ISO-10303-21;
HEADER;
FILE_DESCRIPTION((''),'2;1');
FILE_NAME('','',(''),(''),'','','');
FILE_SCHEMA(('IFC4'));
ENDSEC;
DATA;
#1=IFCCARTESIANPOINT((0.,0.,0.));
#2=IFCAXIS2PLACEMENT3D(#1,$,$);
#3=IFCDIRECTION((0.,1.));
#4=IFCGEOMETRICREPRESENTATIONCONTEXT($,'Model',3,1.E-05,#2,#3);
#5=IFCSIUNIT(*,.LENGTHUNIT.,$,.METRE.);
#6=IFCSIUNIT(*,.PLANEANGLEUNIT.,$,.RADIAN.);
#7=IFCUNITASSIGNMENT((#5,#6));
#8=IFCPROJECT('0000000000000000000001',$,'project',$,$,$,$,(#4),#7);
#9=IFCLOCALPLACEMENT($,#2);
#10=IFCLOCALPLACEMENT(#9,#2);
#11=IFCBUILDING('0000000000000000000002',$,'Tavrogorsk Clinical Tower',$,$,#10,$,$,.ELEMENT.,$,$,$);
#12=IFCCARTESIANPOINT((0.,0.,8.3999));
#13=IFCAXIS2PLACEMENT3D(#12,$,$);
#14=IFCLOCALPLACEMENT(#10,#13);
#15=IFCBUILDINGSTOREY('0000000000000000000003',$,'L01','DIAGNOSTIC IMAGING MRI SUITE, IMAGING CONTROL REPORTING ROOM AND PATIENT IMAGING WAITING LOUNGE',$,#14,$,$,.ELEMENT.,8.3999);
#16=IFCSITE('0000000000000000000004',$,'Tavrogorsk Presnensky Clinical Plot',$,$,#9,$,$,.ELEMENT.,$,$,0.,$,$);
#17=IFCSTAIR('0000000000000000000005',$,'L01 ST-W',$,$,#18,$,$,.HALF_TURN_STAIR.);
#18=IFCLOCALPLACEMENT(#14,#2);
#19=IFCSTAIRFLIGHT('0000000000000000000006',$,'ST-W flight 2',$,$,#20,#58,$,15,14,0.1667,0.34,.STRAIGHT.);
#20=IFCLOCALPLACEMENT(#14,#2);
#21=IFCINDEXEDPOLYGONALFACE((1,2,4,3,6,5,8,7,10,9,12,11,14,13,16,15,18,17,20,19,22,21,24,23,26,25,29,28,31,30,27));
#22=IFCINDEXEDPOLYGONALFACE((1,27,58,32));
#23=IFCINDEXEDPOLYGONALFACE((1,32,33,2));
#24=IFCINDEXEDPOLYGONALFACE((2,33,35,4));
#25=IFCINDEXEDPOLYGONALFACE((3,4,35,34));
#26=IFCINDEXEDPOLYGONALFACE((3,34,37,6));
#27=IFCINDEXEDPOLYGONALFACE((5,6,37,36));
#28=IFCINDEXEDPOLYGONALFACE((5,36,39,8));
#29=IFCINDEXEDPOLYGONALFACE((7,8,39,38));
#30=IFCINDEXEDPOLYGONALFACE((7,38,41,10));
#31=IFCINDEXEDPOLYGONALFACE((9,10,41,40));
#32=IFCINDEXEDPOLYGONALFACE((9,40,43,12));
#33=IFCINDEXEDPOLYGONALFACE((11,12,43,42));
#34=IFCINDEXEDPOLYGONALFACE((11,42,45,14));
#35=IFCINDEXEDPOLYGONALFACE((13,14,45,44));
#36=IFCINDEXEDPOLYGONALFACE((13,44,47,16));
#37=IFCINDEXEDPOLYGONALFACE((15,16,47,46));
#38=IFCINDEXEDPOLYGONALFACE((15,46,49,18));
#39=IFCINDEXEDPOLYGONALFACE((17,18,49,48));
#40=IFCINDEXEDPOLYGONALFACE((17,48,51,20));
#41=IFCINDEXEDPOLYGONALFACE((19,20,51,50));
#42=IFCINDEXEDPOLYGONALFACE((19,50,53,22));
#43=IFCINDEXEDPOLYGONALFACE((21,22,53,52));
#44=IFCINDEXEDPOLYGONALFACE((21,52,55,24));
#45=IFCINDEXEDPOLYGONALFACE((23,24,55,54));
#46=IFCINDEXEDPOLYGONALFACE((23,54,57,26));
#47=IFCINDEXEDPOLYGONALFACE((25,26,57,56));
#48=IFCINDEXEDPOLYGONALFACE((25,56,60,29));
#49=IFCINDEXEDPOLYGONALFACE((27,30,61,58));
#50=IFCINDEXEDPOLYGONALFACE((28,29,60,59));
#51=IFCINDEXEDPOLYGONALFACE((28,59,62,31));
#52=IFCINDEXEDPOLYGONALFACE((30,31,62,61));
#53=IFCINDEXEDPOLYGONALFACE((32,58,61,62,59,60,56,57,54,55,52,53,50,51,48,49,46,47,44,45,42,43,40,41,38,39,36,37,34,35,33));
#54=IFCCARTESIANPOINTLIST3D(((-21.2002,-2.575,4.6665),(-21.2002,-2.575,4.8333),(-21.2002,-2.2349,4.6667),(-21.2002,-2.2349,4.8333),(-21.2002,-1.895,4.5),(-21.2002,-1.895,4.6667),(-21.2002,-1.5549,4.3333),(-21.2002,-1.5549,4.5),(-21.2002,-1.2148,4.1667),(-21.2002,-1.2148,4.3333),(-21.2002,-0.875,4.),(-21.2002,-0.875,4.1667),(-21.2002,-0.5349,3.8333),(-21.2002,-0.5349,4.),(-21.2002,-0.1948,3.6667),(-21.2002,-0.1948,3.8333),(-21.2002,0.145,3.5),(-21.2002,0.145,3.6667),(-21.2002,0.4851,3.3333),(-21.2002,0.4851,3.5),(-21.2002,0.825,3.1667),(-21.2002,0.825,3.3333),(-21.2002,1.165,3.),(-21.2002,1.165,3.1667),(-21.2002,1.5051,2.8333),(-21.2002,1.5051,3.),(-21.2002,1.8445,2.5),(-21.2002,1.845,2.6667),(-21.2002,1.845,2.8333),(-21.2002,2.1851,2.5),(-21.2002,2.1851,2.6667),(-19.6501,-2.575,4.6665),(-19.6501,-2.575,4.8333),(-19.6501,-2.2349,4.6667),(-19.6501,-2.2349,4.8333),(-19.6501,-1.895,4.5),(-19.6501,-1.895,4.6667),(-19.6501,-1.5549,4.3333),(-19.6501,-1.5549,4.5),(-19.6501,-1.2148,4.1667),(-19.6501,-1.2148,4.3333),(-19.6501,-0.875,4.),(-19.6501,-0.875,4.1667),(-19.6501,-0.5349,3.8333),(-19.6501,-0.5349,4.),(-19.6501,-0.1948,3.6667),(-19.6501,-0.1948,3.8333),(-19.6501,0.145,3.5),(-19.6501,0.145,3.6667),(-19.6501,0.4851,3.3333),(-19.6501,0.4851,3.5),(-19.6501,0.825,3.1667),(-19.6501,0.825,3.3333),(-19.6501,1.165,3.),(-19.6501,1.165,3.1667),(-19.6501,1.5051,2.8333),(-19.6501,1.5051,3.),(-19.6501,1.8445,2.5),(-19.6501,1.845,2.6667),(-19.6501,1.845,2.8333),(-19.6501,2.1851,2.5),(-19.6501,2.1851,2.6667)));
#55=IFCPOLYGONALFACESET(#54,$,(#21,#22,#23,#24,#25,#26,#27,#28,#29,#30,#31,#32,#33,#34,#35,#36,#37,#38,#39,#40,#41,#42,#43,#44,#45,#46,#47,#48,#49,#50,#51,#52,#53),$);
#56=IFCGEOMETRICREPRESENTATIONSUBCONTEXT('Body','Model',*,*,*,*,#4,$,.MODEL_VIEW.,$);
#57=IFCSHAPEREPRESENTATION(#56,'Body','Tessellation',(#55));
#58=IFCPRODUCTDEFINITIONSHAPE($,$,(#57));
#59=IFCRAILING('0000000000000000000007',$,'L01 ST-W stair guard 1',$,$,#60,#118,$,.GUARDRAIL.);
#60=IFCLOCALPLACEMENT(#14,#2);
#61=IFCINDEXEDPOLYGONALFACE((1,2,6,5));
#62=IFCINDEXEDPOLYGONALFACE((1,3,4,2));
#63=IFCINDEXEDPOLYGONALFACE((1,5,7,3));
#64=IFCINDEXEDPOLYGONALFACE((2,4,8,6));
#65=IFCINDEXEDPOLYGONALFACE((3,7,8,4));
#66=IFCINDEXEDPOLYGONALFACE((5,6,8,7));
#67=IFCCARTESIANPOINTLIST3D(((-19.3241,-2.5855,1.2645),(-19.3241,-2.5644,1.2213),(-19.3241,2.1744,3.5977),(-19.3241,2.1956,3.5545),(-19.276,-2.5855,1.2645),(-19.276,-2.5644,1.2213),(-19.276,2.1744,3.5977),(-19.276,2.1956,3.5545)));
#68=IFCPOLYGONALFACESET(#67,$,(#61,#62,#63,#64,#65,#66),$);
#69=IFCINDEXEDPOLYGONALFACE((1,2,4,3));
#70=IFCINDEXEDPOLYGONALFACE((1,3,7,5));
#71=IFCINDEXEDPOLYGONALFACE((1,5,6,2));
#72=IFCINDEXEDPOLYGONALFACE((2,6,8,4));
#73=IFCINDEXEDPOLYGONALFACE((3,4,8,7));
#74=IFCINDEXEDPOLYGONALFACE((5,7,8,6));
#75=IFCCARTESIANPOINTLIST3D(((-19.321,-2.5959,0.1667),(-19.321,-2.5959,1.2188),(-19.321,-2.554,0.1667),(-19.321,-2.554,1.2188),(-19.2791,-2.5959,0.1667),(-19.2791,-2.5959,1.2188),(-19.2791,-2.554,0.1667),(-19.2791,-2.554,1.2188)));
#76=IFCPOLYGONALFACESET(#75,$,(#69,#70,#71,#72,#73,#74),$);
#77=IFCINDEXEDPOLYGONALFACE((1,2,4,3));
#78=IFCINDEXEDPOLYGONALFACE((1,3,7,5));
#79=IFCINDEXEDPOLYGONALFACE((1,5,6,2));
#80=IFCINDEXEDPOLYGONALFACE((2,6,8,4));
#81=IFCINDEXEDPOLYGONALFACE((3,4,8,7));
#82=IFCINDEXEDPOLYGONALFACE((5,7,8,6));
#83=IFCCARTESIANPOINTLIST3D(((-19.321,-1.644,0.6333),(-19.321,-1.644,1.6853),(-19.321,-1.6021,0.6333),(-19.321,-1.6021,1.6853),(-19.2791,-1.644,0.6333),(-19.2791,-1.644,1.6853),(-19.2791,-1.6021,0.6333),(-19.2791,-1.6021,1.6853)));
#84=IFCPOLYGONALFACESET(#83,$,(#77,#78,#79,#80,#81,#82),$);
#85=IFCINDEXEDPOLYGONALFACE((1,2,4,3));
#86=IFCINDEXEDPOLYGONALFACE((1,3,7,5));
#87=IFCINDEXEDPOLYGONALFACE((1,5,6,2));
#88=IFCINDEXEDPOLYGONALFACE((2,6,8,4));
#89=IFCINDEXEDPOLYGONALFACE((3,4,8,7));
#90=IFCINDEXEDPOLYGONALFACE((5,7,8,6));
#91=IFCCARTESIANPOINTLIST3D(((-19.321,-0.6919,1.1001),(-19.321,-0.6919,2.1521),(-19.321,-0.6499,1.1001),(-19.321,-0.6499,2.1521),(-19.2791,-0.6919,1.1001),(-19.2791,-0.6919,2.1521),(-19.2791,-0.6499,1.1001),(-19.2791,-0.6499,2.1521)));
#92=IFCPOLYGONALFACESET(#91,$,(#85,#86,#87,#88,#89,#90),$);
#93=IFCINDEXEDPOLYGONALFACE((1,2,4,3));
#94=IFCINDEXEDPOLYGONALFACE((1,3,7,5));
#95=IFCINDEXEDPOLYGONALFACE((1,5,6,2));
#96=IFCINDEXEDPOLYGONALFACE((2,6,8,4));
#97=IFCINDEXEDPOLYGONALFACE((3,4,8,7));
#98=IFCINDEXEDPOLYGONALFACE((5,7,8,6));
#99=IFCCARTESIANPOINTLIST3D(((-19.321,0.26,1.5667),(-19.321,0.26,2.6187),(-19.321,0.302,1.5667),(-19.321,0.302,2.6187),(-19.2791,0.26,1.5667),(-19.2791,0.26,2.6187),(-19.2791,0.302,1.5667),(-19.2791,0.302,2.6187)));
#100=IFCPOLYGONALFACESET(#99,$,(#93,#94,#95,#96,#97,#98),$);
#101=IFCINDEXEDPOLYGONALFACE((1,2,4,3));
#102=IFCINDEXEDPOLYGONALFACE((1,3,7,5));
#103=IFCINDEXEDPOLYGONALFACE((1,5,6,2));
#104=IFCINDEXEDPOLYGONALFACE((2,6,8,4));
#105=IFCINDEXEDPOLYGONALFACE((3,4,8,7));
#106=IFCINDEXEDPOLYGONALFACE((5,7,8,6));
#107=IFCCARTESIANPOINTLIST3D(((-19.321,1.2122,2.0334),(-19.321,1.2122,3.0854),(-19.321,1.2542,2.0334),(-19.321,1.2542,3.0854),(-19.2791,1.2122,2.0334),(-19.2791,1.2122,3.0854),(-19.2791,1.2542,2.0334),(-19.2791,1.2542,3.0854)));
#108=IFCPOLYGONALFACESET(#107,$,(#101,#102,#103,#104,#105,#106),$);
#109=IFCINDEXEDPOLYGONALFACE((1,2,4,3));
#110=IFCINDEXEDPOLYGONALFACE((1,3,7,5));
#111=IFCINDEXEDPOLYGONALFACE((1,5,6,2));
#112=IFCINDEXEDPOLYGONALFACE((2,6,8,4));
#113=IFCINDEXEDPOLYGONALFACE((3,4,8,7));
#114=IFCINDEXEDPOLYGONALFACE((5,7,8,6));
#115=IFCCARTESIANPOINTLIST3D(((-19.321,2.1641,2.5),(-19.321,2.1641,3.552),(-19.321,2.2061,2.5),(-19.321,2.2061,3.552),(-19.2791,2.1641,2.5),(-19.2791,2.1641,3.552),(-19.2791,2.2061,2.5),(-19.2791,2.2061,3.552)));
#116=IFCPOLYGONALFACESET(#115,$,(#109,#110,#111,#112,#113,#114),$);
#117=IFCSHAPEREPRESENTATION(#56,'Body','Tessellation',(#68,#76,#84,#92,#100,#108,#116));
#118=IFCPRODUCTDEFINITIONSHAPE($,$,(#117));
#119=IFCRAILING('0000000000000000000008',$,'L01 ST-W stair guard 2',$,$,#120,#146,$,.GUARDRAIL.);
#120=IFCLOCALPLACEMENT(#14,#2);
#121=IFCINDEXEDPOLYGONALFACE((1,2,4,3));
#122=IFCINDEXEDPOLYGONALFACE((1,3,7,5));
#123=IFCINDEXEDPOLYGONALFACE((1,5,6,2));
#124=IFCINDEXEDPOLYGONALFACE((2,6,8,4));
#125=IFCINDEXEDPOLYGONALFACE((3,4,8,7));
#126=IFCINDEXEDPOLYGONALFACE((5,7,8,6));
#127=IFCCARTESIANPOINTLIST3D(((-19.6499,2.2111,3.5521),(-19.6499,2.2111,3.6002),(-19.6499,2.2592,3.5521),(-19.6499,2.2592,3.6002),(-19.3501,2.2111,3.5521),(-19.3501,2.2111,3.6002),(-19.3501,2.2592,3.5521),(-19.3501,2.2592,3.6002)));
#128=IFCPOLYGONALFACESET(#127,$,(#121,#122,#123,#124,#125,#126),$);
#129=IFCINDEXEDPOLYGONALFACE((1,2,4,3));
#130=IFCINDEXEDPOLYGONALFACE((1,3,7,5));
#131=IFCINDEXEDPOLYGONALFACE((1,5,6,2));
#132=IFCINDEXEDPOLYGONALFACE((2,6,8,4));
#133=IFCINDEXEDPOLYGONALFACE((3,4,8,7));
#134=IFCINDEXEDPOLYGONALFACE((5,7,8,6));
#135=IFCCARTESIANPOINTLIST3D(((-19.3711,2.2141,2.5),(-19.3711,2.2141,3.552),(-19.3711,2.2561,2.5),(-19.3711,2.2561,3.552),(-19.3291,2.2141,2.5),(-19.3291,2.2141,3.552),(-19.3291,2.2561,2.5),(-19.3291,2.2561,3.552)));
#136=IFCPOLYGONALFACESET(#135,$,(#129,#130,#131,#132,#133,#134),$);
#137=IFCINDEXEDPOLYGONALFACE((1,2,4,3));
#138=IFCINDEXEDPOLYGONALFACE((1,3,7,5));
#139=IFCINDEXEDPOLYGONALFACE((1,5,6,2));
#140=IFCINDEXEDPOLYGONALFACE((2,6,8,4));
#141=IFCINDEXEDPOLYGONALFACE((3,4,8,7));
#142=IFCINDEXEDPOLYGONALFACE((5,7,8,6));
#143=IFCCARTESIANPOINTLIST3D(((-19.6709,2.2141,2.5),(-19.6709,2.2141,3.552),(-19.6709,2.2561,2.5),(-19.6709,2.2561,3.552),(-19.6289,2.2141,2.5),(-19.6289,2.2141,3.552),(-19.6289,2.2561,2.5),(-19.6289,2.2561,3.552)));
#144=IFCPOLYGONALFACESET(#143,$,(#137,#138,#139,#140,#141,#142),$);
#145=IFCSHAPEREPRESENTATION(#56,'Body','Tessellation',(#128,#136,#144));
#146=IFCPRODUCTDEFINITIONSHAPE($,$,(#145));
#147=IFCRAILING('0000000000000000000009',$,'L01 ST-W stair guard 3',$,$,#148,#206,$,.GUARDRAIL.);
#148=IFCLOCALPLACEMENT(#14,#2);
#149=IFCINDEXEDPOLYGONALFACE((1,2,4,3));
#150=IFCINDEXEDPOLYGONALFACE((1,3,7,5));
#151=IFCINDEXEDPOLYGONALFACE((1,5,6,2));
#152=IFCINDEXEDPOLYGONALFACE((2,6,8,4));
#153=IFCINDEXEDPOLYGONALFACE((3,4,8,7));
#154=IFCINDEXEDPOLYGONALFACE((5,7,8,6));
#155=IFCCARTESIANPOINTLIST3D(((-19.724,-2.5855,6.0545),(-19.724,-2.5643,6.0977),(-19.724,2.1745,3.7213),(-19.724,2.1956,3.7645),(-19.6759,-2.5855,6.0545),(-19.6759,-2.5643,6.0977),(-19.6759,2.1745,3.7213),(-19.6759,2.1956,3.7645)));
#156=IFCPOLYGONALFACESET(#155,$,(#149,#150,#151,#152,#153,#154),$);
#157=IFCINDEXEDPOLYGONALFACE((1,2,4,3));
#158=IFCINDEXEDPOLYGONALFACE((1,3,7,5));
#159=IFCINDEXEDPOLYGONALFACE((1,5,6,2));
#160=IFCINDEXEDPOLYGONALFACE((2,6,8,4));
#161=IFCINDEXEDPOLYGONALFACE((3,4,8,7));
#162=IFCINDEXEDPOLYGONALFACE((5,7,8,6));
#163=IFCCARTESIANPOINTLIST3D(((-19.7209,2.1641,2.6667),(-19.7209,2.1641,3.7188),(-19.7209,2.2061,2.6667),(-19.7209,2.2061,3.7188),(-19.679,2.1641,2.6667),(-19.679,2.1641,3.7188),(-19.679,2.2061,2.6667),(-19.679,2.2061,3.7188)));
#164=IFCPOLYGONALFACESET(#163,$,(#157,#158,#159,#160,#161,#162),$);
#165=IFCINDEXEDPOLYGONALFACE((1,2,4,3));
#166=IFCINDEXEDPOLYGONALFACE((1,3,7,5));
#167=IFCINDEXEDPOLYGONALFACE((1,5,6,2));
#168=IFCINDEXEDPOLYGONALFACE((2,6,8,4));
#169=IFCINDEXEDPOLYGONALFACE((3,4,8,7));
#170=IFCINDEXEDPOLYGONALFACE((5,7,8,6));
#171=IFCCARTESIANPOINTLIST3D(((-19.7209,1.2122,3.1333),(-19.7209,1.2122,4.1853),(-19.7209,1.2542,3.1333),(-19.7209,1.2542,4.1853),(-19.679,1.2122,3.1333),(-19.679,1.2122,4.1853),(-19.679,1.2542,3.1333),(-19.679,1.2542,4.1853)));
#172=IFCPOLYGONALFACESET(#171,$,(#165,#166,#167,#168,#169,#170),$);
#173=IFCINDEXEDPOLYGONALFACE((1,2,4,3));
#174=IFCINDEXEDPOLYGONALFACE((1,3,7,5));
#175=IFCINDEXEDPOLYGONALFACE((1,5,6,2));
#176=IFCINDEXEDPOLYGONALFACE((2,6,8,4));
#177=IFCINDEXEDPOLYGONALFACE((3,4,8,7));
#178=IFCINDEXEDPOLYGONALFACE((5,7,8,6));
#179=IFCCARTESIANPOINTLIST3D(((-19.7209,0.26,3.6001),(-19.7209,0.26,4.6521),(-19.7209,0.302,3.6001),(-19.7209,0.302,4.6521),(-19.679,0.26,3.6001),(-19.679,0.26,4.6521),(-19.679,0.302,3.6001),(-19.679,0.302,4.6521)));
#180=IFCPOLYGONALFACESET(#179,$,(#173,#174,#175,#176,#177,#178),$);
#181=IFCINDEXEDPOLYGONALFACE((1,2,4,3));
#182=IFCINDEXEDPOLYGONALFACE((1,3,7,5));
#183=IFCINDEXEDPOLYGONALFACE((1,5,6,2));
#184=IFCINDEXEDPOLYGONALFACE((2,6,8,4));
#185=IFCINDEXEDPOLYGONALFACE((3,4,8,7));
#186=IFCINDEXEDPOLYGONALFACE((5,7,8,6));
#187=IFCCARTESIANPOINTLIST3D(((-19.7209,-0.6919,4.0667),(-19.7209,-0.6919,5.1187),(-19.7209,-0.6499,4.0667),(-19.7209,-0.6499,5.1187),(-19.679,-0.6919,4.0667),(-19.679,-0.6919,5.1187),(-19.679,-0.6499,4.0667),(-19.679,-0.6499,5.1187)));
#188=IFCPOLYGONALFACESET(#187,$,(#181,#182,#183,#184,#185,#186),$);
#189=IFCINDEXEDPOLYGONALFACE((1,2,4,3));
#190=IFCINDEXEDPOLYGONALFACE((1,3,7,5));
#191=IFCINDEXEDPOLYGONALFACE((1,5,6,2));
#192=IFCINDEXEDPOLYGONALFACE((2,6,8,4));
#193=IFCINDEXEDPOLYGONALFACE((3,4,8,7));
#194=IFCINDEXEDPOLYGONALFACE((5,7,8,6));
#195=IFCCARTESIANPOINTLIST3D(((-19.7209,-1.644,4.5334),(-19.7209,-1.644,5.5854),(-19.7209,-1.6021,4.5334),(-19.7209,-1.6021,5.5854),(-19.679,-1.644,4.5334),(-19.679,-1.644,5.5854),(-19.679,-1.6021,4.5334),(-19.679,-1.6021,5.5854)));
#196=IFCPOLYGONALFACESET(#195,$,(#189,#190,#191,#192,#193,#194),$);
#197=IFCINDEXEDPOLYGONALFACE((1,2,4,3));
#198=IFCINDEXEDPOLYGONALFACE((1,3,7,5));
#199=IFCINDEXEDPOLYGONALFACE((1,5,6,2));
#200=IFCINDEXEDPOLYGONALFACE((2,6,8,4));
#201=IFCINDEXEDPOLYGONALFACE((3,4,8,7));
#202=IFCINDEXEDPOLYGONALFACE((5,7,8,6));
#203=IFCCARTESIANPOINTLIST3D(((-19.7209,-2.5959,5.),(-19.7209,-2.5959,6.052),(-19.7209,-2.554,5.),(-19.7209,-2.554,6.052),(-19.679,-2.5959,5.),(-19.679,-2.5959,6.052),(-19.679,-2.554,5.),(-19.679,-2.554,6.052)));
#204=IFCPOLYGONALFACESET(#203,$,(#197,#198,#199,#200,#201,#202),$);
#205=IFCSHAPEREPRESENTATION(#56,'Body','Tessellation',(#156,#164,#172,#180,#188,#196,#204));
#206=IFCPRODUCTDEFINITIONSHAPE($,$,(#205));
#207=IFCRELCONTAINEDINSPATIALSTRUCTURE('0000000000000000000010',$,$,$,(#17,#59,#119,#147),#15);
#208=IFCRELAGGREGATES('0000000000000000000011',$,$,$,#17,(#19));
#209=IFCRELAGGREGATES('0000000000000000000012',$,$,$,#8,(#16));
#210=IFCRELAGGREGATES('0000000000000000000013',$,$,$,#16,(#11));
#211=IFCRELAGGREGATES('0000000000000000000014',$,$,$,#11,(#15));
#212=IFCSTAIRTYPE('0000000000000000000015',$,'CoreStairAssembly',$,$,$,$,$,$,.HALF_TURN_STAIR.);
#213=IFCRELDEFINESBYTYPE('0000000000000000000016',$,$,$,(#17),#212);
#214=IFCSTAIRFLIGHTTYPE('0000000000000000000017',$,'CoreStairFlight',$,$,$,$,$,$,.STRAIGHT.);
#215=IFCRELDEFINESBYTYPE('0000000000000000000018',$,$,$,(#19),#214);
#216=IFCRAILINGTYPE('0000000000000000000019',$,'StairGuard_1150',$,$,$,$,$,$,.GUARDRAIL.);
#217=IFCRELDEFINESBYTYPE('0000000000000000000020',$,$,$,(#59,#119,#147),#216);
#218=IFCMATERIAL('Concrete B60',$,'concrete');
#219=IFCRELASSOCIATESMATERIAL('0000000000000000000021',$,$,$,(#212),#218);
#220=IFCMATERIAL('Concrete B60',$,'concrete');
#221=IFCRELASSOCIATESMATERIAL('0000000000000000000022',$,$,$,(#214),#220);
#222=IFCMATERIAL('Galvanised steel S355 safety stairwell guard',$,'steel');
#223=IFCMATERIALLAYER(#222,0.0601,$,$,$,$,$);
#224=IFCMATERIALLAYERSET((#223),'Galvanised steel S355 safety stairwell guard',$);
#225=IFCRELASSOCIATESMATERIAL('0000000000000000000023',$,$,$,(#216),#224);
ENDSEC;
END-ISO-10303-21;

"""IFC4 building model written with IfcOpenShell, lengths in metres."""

from ifc_helpers import new_model, si_unit, direction, frame, origin, origin_2d, place, context, subcontext, project, spatial, polyline, rectangle, outline, extrude, material, layer, layer_set, type_object, element, aggregate, save


model = new_model("IFC4")

# Units and contexts
model_context = context("Model", 3, precision=1e-05, world=origin(), true_north=direction((0.0, 1.0)))
body_context = subcontext(model_context, "Body", "Model", "MODEL_VIEW")
ifc_project = project(units=[si_unit("LENGTHUNIT", "METRE"), si_unit("PLANEANGLEUNIT", "RADIAN")], contexts=[model_context])

# Site, building, storey
site_placement = place(None, origin())
site = spatial("IfcSite", under=ifc_project, at=site_placement, Name="Tavrogorsk Presnensky Clinical Plot", CompositionType="ELEMENT", RefElevation=0.0)
building_placement = place(site_placement, origin())
building = spatial("IfcBuilding", under=site, at=building_placement, Name="Tavrogorsk Clinical Tower", CompositionType="ELEMENT")
storey_placement = place(building_placement, frame((0.0, 0.0, 8.3999)))
storey = spatial("IfcBuildingStorey", under=building, at=storey_placement, Name="L01", Description="DIAGNOSTIC IMAGING MRI SUITE, IMAGING CONTROL REPORTING ROOM AND PATIENT IMAGING WAITING LOUNGE", CompositionType="ELEMENT", Elevation=8.3999)

# Stair, stair flight
ifc_material_1 = material(Name="Concrete B60", Category="concrete")
stair_type = type_object("IfcStairType", Name="CoreStairAssembly", PredefinedType="HALF_TURN_STAIR", material=ifc_material_1)
stair_placement = place(storey_placement, origin())
stair = element("IfcStair", 1, at=stair_placement, inside=storey, type_object=stair_type, Name="L01 ST-W", PredefinedType="HALF_TURN_STAIR")
ifc_material_2 = material(Name="Concrete B60", Category="concrete")
stair_flight_type = type_object("IfcStairFlightType", Name="CoreStairFlight", PredefinedType="STRAIGHT", material=ifc_material_2)
stair_flight_1_placement = place(storey_placement, frame((-20.425, 2.1851, 2.5), z_axis=(0.0, 0.0, 1.0), x_axis=(0.0, -1.0, 0.0)))
stair_flight_1 = element("IfcStairFlight", 2, at=stair_flight_1_placement, type_object=stair_flight_type, Name="ST-W flight 2", NumberOfRisers=15, NumberOfTreads=14, PredefinedType="STRAIGHT", RiserHeight=0.1667, TreadLength=0.34, context=body_context, shape_type="SweptSolid", body=[
    extrude(outline(polyline([(0.0, 0.0), (0.0, 0.1667), (0.3401, 0.1667), (0.3401, 0.3333), (0.6799, 0.3333), (0.6799, 0.5), (1.02, 0.5), (1.02, 0.6667), (1.3601, 0.6667), (1.3601, 0.8333), (1.7, 0.8333), (1.7, 1.0), (2.04, 1.0), (2.04, 1.1667), (2.3799, 1.1667), (2.3799, 1.3333), (2.72, 1.3333), (2.72, 1.5), (3.0601, 1.5), (3.0601, 1.6667), (3.3999, 1.6667), (3.3999, 1.8333), (3.74, 1.8333), (3.74, 2.0), (4.0801, 2.0), (4.0801, 2.1667), (4.4199, 2.1667), (4.4199, 2.3333), (4.76, 2.3333), (4.76, 2.5), (4.76, 2.1665), (0.3406, 0.0), (0.0, 0.0)])), frame((0.0, 0.7749, 0.0), z_axis=(0.0, -1.0, 0.0), x_axis=(1.0, 0.0, 0.0)), (0.0, 0.0, 1.0), 1.55),
])
aggregate(stair, [stair_flight_1])

# Railings
ifc_material_3 = material(Name="Galvanised steel S355 safety stairwell guard", Category="steel")
ifc_layer_1 = layer(ifc_material_3, 0.0601)
ifc_layer_set_1 = layer_set([ifc_layer_1], Name="Galvanised steel S355 safety stairwell guard")
railing_type_1 = type_object("IfcRailingType", Name="StairGuard_1150", PredefinedType="GUARDRAIL", material=ifc_layer_set_1)
railing_1_placement = place(storey_placement, frame((-19.3, -2.575, 0.1667)))
element("IfcRailing", 3, at=railing_1_placement, inside=storey, type_object=railing_type_1, Name="L01 ST-W stair guard 1", PredefinedType="GUARDRAIL", context=body_context, shape_type="SweptSolid", body=[
    extrude(rectangle(XDim=0.0481, YDim=0.0481, at=origin_2d()), frame((0.0, 0.0, 1.0762), z_axis=(0.0, 0.897927, 0.440144), x_axis=(-1.0, 0.0, 0.0)), (0.0, 0.0, 1.0), 5.301),
    extrude(rectangle(XDim=0.042, YDim=0.042, at=origin_2d()), origin(), (0.0, 0.0, 1.0), 1.052),
    extrude(rectangle(XDim=0.042, YDim=0.042, at=origin_2d()), frame((0.0, 0.9519, 0.4666)), (0.0, 0.0, 1.0), 1.052),
    extrude(rectangle(XDim=0.042, YDim=0.042, at=origin_2d()), frame((0.0, 1.9041, 0.9333)), (0.0, 0.0, 1.0), 1.052),
    extrude(rectangle(XDim=0.042, YDim=0.042, at=origin_2d()), frame((0.0, 2.856, 1.3999)), (0.0, 0.0, 1.0), 1.052),
    extrude(rectangle(XDim=0.042, YDim=0.042, at=origin_2d()), frame((0.0, 3.8081, 1.8667)), (0.0, 0.0, 1.0), 1.052),
    extrude(rectangle(XDim=0.042, YDim=0.042, at=origin_2d()), frame((0.0, 4.76, 2.3333)), (0.0, 0.0, 1.0), 1.052),
])
railing_2_placement = place(storey_placement, frame((-19.3501, 2.2351, 2.5)))
element("IfcRailing", 4, at=railing_2_placement, inside=storey, type_object=railing_type_1, Name="L01 ST-W stair guard 2", PredefinedType="GUARDRAIL", context=body_context, shape_type="SweptSolid", body=[
    extrude(rectangle(XDim=0.0481, YDim=0.0481, at=origin_2d()), frame((0.0, 0.0, 1.0762), z_axis=(-1.0, 0.0, 0.0), x_axis=(0.0, -1.0, 0.0)), (0.0, 0.0, 1.0), 0.2998),
    extrude(rectangle(XDim=0.042, YDim=0.042, at=origin_2d()), origin(), (0.0, 0.0, 1.0), 1.052),
    extrude(rectangle(XDim=0.042, YDim=0.042, at=origin_2d()), frame((-0.2998, 0.0, 0.0)), (0.0, 0.0, 1.0), 1.052),
])
railing_3_placement = place(storey_placement, frame((-19.7, 2.1851, 2.6667)))
element("IfcRailing", 5, at=railing_3_placement, inside=storey, type_object=railing_type_1, Name="L01 ST-W stair guard 3", PredefinedType="GUARDRAIL", context=body_context, shape_type="SweptSolid", body=[
    extrude(rectangle(XDim=0.0481, YDim=0.0481, at=origin_2d()), frame((0.0, 0.0, 1.0762), z_axis=(0.0, -0.897927, 0.440144), x_axis=(1.0, 0.0, 0.0)), (0.0, 0.0, 1.0), 5.301),
    extrude(rectangle(XDim=0.042, YDim=0.042, at=origin_2d()), origin(), (0.0, 0.0, 1.0), 1.052),
    extrude(rectangle(XDim=0.042, YDim=0.042, at=origin_2d()), frame((0.0, -0.9519, 0.4666)), (0.0, 0.0, 1.0), 1.052),
    extrude(rectangle(XDim=0.042, YDim=0.042, at=origin_2d()), frame((0.0, -1.9041, 0.9333)), (0.0, 0.0, 1.0), 1.052),
    extrude(rectangle(XDim=0.042, YDim=0.042, at=origin_2d()), frame((0.0, -2.856, 1.3999)), (0.0, 0.0, 1.0), 1.052),
    extrude(rectangle(XDim=0.042, YDim=0.042, at=origin_2d()), frame((0.0, -3.8081, 1.8667)), (0.0, 0.0, 1.0), 1.052),
    extrude(rectangle(XDim=0.042, YDim=0.042, at=origin_2d()), frame((0.0, -4.76, 2.3333)), (0.0, 0.0, 1.0), 1.052),
])

save(model, "model.ifc")
